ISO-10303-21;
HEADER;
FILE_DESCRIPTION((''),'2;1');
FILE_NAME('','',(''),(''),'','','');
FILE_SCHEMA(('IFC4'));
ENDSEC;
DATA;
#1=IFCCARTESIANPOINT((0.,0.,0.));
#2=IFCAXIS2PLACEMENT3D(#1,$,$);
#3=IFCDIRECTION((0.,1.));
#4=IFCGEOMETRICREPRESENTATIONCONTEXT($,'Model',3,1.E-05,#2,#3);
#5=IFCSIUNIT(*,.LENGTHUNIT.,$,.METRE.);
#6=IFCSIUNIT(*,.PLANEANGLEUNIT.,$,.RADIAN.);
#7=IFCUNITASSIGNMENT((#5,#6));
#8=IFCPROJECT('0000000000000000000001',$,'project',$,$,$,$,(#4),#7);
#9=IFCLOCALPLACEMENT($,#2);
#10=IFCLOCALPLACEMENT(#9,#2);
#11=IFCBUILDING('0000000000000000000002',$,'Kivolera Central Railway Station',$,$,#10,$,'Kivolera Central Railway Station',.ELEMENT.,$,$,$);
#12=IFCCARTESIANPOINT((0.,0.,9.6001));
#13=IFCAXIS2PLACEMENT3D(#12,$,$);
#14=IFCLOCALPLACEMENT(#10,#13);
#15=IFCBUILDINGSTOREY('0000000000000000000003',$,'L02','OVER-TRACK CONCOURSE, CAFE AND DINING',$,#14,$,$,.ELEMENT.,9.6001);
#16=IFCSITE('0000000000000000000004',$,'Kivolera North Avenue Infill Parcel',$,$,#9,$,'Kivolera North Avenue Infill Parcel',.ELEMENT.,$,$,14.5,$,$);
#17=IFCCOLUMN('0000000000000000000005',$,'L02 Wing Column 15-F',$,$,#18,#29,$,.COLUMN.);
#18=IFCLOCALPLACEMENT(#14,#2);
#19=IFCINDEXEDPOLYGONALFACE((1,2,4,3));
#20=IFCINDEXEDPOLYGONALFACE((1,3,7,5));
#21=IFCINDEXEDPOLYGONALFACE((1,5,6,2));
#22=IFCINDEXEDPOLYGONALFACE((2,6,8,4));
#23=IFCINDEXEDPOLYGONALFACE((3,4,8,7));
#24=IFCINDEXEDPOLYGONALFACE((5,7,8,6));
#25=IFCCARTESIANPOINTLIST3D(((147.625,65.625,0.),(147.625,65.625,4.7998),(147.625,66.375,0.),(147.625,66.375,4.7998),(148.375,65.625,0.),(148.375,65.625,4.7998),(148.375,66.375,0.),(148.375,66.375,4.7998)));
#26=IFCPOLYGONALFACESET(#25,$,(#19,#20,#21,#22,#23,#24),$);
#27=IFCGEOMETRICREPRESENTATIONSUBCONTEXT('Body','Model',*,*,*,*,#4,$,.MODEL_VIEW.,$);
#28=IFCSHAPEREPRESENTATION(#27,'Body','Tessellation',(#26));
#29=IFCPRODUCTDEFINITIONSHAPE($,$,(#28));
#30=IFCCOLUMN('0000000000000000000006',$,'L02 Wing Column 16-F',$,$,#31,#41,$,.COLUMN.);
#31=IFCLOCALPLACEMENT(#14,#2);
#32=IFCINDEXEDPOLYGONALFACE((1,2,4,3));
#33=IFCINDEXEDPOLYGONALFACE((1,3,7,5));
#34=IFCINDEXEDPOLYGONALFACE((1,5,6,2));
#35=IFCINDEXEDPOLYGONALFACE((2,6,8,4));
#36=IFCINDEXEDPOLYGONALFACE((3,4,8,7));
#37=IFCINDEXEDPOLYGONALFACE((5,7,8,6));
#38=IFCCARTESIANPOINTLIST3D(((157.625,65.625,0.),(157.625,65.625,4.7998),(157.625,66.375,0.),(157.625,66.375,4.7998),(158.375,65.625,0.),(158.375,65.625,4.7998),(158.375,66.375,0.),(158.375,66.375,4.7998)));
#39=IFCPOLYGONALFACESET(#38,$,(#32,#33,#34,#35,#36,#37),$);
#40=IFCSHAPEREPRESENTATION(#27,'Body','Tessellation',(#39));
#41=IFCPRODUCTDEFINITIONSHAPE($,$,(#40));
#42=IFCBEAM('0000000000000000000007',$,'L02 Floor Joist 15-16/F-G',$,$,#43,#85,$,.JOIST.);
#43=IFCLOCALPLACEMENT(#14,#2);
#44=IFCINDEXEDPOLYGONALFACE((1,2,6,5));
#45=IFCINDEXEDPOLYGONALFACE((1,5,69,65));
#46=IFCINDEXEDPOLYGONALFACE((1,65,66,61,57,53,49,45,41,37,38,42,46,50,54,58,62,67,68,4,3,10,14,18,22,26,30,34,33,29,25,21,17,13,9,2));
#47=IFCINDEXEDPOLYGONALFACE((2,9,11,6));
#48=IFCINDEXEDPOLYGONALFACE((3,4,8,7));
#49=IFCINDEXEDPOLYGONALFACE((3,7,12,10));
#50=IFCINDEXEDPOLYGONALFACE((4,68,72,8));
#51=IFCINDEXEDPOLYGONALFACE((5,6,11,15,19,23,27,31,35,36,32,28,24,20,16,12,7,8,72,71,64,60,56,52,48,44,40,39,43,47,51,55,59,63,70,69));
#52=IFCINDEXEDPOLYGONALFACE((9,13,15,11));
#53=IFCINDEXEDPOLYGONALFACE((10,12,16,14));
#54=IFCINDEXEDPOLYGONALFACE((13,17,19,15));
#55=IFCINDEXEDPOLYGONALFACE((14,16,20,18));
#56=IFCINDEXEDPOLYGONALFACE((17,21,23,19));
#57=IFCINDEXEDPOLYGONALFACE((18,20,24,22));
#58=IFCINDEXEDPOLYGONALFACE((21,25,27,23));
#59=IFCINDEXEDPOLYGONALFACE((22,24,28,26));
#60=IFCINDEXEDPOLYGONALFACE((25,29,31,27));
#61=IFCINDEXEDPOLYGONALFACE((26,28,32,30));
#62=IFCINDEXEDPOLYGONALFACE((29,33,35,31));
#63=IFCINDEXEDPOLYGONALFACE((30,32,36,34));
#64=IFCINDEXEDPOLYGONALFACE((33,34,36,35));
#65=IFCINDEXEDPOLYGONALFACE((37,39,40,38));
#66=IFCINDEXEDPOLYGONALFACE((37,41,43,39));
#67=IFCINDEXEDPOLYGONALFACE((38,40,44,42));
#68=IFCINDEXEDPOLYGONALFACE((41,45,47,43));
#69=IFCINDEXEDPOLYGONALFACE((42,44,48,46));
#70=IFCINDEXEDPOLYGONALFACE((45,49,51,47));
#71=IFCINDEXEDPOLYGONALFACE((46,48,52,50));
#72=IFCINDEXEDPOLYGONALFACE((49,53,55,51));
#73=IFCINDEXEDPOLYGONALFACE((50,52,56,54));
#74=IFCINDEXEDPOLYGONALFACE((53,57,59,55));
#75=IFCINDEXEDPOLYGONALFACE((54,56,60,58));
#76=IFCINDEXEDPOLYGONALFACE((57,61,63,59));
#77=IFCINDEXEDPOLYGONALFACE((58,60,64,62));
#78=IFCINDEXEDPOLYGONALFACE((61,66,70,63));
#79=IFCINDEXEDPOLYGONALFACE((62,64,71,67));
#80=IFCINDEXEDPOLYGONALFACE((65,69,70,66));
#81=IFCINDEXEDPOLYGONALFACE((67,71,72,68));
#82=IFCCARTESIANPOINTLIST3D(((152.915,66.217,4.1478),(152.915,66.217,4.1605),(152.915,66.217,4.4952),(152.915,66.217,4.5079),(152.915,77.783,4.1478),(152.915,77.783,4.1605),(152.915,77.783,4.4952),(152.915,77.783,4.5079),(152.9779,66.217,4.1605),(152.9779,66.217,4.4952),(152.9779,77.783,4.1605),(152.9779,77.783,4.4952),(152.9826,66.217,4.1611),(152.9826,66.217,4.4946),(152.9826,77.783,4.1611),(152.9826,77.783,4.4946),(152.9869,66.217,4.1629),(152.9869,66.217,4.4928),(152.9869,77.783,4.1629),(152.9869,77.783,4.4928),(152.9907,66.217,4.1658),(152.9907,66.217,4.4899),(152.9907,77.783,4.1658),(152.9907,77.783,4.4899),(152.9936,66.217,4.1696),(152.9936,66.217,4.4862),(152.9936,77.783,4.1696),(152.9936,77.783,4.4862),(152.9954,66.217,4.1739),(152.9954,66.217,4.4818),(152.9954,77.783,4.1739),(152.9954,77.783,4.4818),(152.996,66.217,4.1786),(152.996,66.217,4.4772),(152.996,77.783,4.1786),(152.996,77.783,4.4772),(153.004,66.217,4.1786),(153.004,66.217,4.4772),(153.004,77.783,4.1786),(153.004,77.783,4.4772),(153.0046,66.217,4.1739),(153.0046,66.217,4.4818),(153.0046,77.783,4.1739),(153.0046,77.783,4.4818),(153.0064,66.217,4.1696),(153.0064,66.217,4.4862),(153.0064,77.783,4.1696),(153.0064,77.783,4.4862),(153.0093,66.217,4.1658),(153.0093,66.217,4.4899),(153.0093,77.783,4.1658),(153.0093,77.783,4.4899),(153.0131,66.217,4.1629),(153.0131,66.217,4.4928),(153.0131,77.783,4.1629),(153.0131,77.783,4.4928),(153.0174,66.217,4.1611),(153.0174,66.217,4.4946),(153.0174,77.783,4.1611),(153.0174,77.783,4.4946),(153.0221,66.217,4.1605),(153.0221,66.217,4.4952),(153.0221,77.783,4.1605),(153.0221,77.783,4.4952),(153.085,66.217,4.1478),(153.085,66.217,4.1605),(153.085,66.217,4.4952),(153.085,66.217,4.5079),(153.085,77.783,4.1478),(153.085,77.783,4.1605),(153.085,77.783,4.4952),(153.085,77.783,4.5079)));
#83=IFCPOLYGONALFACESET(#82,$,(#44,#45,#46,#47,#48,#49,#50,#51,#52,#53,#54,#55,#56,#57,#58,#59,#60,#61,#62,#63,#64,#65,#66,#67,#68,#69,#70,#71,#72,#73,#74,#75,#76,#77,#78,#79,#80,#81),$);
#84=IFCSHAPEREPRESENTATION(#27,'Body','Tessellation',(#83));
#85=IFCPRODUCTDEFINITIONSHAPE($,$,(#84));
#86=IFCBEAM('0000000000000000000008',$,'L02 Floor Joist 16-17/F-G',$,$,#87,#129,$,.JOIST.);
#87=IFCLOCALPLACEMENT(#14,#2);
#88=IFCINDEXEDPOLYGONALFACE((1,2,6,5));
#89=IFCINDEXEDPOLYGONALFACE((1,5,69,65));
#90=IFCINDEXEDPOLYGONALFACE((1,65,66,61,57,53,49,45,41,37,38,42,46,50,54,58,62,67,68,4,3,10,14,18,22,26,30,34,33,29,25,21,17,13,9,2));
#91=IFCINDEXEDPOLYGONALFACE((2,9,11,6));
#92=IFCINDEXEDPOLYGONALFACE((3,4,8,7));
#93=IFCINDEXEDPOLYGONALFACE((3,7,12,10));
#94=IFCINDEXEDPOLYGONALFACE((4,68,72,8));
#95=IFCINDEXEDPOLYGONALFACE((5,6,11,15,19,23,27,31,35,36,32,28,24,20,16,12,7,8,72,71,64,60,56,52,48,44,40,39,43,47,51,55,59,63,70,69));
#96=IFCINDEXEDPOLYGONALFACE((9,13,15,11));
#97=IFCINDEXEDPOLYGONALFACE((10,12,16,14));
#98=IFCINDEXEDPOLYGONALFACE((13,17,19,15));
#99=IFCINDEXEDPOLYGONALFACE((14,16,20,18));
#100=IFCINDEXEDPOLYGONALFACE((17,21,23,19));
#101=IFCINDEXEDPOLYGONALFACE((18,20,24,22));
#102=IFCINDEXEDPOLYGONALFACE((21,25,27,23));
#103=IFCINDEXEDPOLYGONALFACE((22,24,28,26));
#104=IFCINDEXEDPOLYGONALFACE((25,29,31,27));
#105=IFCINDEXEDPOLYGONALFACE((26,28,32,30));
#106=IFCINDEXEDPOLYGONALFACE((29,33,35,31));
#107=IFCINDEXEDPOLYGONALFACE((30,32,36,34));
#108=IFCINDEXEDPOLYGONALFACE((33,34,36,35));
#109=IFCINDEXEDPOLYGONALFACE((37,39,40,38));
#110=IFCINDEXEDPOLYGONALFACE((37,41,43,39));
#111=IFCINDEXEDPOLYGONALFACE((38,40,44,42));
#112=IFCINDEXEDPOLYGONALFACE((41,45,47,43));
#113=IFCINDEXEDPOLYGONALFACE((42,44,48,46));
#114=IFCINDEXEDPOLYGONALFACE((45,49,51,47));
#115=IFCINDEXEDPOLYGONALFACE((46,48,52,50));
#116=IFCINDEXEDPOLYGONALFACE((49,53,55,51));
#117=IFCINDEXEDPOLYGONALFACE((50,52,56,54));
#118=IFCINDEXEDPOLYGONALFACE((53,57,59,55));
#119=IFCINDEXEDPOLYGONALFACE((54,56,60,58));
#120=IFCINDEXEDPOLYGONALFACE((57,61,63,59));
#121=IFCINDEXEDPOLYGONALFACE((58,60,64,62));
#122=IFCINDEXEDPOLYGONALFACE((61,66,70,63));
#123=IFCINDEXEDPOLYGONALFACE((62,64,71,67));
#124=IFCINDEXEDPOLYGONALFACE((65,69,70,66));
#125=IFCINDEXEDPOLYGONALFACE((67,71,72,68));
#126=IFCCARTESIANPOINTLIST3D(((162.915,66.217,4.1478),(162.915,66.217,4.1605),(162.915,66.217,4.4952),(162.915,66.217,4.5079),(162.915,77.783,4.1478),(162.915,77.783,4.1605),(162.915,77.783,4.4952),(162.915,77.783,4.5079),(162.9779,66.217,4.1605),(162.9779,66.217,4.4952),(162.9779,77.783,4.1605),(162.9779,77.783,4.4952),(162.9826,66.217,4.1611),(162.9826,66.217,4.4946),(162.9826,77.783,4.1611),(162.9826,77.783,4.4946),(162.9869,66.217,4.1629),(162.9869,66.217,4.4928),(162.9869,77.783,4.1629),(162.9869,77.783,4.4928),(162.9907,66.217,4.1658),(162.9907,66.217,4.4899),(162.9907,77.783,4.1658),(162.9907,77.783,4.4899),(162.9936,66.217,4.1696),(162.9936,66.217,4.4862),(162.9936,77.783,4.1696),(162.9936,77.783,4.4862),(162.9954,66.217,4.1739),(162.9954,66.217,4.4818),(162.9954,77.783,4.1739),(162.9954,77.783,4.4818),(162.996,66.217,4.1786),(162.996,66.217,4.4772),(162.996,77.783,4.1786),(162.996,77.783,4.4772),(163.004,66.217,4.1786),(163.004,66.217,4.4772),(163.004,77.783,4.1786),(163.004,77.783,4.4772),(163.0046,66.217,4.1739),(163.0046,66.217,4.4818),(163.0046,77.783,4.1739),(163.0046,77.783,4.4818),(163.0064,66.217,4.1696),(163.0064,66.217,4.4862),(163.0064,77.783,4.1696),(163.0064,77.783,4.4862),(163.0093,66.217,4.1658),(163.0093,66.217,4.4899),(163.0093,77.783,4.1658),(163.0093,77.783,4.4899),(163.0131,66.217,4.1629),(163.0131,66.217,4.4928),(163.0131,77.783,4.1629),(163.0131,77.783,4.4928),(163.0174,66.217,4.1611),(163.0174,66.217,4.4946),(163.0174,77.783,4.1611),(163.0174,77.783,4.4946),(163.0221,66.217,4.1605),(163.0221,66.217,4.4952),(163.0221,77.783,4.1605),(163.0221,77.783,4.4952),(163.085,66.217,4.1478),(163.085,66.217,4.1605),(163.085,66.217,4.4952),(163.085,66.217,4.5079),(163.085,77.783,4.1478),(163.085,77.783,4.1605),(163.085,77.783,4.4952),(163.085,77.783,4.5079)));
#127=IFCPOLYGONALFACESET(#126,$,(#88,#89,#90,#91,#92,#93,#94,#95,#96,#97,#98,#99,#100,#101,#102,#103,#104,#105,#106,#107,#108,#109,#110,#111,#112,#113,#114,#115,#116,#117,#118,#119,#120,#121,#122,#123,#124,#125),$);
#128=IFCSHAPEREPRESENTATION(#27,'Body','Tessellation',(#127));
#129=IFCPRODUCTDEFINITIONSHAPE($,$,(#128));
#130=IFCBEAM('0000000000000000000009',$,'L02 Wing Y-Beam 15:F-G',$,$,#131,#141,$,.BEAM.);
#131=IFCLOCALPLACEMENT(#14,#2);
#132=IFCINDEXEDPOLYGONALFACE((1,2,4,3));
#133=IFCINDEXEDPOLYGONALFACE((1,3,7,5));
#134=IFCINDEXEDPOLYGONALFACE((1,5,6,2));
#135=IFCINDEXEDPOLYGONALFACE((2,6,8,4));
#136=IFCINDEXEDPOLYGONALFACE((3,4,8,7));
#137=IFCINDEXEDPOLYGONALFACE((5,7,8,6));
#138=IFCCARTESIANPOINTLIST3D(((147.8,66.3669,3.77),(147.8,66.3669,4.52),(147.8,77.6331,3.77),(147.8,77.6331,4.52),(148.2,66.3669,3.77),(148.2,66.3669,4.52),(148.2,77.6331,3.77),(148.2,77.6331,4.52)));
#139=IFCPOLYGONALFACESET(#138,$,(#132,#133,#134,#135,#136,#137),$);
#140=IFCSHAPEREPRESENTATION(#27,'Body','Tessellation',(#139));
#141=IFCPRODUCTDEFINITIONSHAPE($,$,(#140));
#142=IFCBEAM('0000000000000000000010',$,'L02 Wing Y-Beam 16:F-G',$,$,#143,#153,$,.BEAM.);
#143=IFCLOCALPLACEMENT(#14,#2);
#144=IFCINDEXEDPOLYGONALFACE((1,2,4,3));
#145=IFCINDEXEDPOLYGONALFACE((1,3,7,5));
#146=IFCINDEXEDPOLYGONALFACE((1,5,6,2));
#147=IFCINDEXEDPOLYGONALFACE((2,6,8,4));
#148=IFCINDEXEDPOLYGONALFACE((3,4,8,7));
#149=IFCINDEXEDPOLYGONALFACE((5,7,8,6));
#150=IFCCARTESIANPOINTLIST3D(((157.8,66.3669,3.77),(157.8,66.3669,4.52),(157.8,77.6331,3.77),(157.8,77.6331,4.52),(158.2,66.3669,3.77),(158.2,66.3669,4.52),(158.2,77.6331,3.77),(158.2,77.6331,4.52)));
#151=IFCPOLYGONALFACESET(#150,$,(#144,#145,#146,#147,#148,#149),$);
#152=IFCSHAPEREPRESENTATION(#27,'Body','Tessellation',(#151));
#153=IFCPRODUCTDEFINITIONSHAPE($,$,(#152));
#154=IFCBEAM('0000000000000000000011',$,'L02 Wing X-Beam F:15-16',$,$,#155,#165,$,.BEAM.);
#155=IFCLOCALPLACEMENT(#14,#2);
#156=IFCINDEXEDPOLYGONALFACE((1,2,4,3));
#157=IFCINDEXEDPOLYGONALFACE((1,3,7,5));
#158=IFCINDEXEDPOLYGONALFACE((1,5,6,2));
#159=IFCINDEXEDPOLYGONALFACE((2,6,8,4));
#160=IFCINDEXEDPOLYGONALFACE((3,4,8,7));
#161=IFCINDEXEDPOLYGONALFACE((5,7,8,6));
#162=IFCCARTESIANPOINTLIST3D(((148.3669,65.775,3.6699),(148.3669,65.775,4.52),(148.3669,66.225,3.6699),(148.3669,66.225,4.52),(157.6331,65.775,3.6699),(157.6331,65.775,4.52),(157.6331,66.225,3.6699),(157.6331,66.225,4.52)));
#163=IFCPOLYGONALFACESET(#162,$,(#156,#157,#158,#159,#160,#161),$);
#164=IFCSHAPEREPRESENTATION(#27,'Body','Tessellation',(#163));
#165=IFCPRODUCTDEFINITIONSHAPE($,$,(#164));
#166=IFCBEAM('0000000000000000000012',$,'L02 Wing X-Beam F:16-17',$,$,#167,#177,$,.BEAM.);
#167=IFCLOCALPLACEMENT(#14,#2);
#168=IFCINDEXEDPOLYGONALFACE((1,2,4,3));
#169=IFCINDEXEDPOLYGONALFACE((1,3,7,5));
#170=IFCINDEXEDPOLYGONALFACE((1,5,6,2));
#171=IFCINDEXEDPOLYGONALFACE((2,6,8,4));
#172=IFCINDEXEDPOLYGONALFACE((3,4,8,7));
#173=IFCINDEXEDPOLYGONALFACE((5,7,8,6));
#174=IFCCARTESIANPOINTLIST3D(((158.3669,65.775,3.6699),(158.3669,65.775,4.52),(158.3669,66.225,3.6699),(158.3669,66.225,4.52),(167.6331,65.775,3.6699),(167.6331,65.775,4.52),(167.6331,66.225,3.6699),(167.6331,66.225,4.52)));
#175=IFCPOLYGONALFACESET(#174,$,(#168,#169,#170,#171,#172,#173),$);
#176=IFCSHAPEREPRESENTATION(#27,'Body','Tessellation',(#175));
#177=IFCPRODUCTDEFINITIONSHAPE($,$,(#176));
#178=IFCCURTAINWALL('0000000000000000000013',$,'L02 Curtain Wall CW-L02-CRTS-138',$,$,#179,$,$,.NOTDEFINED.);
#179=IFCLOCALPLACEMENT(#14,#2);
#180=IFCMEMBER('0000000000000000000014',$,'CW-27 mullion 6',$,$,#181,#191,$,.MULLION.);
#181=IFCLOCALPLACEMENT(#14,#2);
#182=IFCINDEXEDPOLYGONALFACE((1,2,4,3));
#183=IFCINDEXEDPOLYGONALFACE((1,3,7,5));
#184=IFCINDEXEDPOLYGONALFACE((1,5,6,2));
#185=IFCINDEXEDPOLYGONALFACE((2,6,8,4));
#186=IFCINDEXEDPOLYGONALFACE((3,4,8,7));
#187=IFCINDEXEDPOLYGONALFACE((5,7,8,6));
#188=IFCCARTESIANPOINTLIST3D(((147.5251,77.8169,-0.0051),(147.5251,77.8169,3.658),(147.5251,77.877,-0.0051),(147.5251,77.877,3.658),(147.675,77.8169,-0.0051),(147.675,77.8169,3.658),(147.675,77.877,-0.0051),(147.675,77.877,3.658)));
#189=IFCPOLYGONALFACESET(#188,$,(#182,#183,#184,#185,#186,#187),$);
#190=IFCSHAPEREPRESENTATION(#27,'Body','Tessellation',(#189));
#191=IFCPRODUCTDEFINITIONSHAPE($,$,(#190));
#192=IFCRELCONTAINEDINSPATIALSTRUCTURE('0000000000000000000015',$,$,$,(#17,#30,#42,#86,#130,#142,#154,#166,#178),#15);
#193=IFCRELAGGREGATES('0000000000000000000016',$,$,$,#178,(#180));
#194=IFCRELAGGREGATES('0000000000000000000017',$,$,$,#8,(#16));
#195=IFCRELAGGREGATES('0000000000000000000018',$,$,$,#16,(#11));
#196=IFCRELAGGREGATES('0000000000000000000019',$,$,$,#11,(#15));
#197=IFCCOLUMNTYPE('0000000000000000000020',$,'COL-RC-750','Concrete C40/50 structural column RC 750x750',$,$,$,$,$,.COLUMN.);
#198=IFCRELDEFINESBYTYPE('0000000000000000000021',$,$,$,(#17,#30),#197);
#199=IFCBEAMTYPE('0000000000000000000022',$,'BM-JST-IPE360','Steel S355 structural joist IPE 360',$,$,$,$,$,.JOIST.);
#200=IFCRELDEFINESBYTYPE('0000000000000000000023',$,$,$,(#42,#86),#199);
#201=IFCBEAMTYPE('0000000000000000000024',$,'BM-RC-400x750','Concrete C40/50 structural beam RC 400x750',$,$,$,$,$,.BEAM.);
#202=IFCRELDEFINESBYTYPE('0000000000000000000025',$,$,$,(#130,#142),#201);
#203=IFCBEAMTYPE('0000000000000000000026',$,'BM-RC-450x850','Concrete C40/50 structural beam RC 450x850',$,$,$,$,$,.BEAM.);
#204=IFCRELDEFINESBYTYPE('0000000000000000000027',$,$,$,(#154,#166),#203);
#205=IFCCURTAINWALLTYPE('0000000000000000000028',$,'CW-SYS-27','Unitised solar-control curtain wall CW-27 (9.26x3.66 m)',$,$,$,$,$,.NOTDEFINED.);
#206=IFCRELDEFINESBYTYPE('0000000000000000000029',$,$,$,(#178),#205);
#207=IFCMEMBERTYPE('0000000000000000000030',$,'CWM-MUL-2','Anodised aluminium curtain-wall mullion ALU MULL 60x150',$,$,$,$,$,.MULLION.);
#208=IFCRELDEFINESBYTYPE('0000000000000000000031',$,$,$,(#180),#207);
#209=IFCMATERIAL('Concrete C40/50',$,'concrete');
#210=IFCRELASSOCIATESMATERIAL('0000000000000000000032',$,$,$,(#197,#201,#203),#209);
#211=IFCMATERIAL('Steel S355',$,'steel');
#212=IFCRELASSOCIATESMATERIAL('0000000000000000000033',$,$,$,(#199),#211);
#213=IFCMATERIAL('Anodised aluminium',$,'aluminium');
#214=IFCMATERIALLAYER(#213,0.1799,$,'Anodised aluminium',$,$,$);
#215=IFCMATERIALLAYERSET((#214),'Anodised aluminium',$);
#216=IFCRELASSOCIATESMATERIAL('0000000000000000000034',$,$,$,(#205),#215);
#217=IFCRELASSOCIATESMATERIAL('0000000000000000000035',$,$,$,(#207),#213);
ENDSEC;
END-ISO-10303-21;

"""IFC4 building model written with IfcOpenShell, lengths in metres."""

from ifc_helpers import new_model, si_unit, direction, frame, origin, origin_2d, place, context, subcontext, project, spatial, rectangle, i_section, extrude, material, layer, layer_set, material_profile, profile_set, type_object, element, aggregate, save


model = new_model("IFC4")

# Units and contexts
model_context = context("Model", 3, precision=1e-05, world=origin(), true_north=direction((0.0, 1.0)))
body_context = subcontext(model_context, "Body", "Model", "MODEL_VIEW")
ifc_project = project(units=[si_unit("LENGTHUNIT", "METRE"), si_unit("PLANEANGLEUNIT", "RADIAN")], contexts=[model_context])

# Site, building, storey
site_placement = place(None, origin())
site = spatial("IfcSite", under=ifc_project, at=site_placement, Name="Kivolera North Avenue Infill Parcel", LongName="Kivolera North Avenue Infill Parcel", CompositionType="ELEMENT", RefElevation=14.5)
building_placement = place(site_placement, origin())
building = spatial("IfcBuilding", under=site, at=building_placement, Name="Kivolera Central Railway Station", LongName="Kivolera Central Railway Station", CompositionType="ELEMENT")
storey_placement = place(building_placement, frame((0.0, 0.0, 9.6001)))
storey = spatial("IfcBuildingStorey", under=building, at=storey_placement, Name="L02", Description="OVER-TRACK CONCOURSE, CAFE AND DINING", CompositionType="ELEMENT", Elevation=9.6001)

# Columns
ifc_material_1 = material(Name="Concrete C40/50", Category="concrete")
ifc_material_profile_1 = material_profile(ifc_material_1, rectangle(XDim=0.75, YDim=0.75, at=origin_2d()), Name="RC 750x750")
ifc_profile_set_1 = profile_set([ifc_material_profile_1], Name="Concrete C40/50")
column_type = type_object("IfcColumnType", Name="COL-RC-750", Description="Concrete C40/50 structural column RC 750x750", PredefinedType="COLUMN", material=ifc_profile_set_1)
for number, where, z_axis, x_axis, name in (
    (1, (148.0, 66.0, 0.0), (0.0, 0.0, 1.0), (1.0, 0.0, 0.0), "L02 Wing Column 15-F"),
    (2, (158.0, 66.0, 0.0), (0.0, 0.0, 1.0), (1.0, 0.0, 0.0), "L02 Wing Column 16-F"),
):
    element("IfcColumn", number, at=place(storey_placement, frame(where, z_axis=z_axis, x_axis=x_axis)), inside=storey, type_object=column_type, Name=name, PredefinedType="COLUMN", context=body_context, shape_type="SweptSolid", body=[
        extrude(rectangle(XDim=0.75, YDim=0.75, at=origin_2d()), origin(), (0.0, 0.0, 1.0), 4.7998),
    ])

# Beams
ifc_material_2 = material(Name="Steel S355", Category="steel")
ifc_material_profile_2 = material_profile(ifc_material_2, i_section(OverallWidth=0.1699, OverallDepth=0.3601, WebThickness=0.0081, FlangeThickness=0.0127, FilletRadius=0.0181, at=origin_2d()), Name="IPE 360")
ifc_profile_set_2 = profile_set([ifc_material_profile_2], Name="Steel S355")
beam_type_1 = type_object("IfcBeamType", Name="BM-JST-IPE360", Description="Steel S355 structural joist IPE 360", PredefinedType="JOIST", material=ifc_profile_set_2)
for number, where, z_axis, x_axis, name in (
    (3, (153.0, 66.217, 4.3279), (0.0, 1.0, 0.0), (-1.0, 0.0, 0.0), "L02 Floor Joist 15-16/F-G"),
    (4, (163.0, 66.217, 4.3279), (0.0, 1.0, 0.0), (-1.0, 0.0, 0.0), "L02 Floor Joist 16-17/F-G"),
):
    element("IfcBeam", number, at=place(storey_placement, frame(where, z_axis=z_axis, x_axis=x_axis)), inside=storey, type_object=beam_type_1, Name=name, PredefinedType="JOIST", context=body_context, shape_type="SweptSolid", body=[
        extrude(i_section(OverallWidth=0.1699, OverallDepth=0.3601, WebThickness=0.0081, FlangeThickness=0.0127, FilletRadius=0.0181, at=origin_2d()), origin(), (0.0, 0.0, 1.0), 11.5659),
    ])
ifc_material_profile_3 = material_profile(ifc_material_1, rectangle(XDim=0.3999, YDim=0.75, at=origin_2d()), Name="RC 400x750")
ifc_profile_set_3 = profile_set([ifc_material_profile_3], Name="Concrete C40/50")
beam_type_2 = type_object("IfcBeamType", Name="BM-RC-400x750", Description="Concrete C40/50 structural beam RC 400x750", PredefinedType="BEAM", material=ifc_profile_set_3)
for number, where, z_axis, x_axis, name in (
    (5, (148.0, 66.3669, 4.145), (0.0, 1.0, 0.0), (-1.0, 0.0, 0.0), "L02 Wing Y-Beam 15:F-G"),
    (6, (158.0, 66.3669, 4.145), (0.0, 1.0, 0.0), (-1.0, 0.0, 0.0), "L02 Wing Y-Beam 16:F-G"),
):
    element("IfcBeam", number, at=place(storey_placement, frame(where, z_axis=z_axis, x_axis=x_axis)), inside=storey, type_object=beam_type_2, Name=name, PredefinedType="BEAM", context=body_context, shape_type="SweptSolid", body=[
        extrude(rectangle(XDim=0.3999, YDim=0.75, at=origin_2d()), origin(), (0.0, 0.0, 1.0), 11.2661),
    ])
ifc_material_profile_4 = material_profile(ifc_material_1, rectangle(XDim=0.45, YDim=0.8501, at=origin_2d()), Name="RC 450x850")
ifc_profile_set_4 = profile_set([ifc_material_profile_4], Name="Concrete C40/50")
beam_type_3 = type_object("IfcBeamType", Name="BM-RC-450x850", Description="Concrete C40/50 structural beam RC 450x850", PredefinedType="BEAM", material=ifc_profile_set_4)
for number, where, z_axis, x_axis, name in (
    (7, (148.3669, 66.0, 4.095), (1.0, 0.0, 0.0), (0.0, 1.0, 0.0), "L02 Wing X-Beam F:15-16"),
    (8, (158.3669, 66.0, 4.095), (1.0, 0.0, 0.0), (0.0, 1.0, 0.0), "L02 Wing X-Beam F:16-17"),
):
    element("IfcBeam", number, at=place(storey_placement, frame(where, z_axis=z_axis, x_axis=x_axis)), inside=storey, type_object=beam_type_3, Name=name, PredefinedType="BEAM", context=body_context, shape_type="SweptSolid", body=[
        extrude(rectangle(XDim=0.45, YDim=0.8501, at=origin_2d()), origin(), (0.0, 0.0, 1.0), 9.2661),
    ])

# Curtain wall, member
ifc_material_3 = material(Name="Anodised aluminium", Category="aluminium")
ifc_layer_1 = layer(ifc_material_3, 0.1799, Name="Anodised aluminium")
ifc_layer_set_1 = layer_set([ifc_layer_1], Name="Anodised aluminium")
curtain_wall_type = type_object("IfcCurtainWallType", Name="CW-SYS-27", Description="Unitised solar-control curtain wall CW-27 (9.26x3.66 m)", PredefinedType="NOTDEFINED", material=ifc_layer_set_1)
curtain_wall_1_placement = place(storey_placement, origin())
curtain_wall_1 = element("IfcCurtainWall", 9, at=curtain_wall_1_placement, inside=storey, type_object=curtain_wall_type, Name="L02 Curtain Wall CW-L02-CRTS-138", PredefinedType="NOTDEFINED")
ifc_material_profile_5 = material_profile(ifc_material_3, rectangle(XDim=0.0601, YDim=0.1499, at=origin_2d()), Name="ALU MULL 60x150")
ifc_profile_set_5 = profile_set([ifc_material_profile_5], Name="Anodised aluminium")
member_type_1 = type_object("IfcMemberType", Name="CWM-MUL-2", Description="Anodised aluminium curtain-wall mullion ALU MULL 60x150", PredefinedType="MULLION", material=ifc_profile_set_5)
member_1_placement = place(storey_placement, frame((147.6001, 77.8469, -0.0051), z_axis=(0.0, 0.0, 1.0), x_axis=(0.0, 1.0, 0.0)))
member_1 = element("IfcMember", 10, at=member_1_placement, type_object=member_type_1, Name="CW-27 mullion 6", PredefinedType="MULLION", context=body_context, shape_type="SweptSolid", body=[
    extrude(rectangle(XDim=0.0601, YDim=0.1499, at=origin_2d()), origin(), (0.0, 0.0, 1.0), 3.6631),
])

aggregate(curtain_wall_1, [member_1])

save(model, "model.ifc")
